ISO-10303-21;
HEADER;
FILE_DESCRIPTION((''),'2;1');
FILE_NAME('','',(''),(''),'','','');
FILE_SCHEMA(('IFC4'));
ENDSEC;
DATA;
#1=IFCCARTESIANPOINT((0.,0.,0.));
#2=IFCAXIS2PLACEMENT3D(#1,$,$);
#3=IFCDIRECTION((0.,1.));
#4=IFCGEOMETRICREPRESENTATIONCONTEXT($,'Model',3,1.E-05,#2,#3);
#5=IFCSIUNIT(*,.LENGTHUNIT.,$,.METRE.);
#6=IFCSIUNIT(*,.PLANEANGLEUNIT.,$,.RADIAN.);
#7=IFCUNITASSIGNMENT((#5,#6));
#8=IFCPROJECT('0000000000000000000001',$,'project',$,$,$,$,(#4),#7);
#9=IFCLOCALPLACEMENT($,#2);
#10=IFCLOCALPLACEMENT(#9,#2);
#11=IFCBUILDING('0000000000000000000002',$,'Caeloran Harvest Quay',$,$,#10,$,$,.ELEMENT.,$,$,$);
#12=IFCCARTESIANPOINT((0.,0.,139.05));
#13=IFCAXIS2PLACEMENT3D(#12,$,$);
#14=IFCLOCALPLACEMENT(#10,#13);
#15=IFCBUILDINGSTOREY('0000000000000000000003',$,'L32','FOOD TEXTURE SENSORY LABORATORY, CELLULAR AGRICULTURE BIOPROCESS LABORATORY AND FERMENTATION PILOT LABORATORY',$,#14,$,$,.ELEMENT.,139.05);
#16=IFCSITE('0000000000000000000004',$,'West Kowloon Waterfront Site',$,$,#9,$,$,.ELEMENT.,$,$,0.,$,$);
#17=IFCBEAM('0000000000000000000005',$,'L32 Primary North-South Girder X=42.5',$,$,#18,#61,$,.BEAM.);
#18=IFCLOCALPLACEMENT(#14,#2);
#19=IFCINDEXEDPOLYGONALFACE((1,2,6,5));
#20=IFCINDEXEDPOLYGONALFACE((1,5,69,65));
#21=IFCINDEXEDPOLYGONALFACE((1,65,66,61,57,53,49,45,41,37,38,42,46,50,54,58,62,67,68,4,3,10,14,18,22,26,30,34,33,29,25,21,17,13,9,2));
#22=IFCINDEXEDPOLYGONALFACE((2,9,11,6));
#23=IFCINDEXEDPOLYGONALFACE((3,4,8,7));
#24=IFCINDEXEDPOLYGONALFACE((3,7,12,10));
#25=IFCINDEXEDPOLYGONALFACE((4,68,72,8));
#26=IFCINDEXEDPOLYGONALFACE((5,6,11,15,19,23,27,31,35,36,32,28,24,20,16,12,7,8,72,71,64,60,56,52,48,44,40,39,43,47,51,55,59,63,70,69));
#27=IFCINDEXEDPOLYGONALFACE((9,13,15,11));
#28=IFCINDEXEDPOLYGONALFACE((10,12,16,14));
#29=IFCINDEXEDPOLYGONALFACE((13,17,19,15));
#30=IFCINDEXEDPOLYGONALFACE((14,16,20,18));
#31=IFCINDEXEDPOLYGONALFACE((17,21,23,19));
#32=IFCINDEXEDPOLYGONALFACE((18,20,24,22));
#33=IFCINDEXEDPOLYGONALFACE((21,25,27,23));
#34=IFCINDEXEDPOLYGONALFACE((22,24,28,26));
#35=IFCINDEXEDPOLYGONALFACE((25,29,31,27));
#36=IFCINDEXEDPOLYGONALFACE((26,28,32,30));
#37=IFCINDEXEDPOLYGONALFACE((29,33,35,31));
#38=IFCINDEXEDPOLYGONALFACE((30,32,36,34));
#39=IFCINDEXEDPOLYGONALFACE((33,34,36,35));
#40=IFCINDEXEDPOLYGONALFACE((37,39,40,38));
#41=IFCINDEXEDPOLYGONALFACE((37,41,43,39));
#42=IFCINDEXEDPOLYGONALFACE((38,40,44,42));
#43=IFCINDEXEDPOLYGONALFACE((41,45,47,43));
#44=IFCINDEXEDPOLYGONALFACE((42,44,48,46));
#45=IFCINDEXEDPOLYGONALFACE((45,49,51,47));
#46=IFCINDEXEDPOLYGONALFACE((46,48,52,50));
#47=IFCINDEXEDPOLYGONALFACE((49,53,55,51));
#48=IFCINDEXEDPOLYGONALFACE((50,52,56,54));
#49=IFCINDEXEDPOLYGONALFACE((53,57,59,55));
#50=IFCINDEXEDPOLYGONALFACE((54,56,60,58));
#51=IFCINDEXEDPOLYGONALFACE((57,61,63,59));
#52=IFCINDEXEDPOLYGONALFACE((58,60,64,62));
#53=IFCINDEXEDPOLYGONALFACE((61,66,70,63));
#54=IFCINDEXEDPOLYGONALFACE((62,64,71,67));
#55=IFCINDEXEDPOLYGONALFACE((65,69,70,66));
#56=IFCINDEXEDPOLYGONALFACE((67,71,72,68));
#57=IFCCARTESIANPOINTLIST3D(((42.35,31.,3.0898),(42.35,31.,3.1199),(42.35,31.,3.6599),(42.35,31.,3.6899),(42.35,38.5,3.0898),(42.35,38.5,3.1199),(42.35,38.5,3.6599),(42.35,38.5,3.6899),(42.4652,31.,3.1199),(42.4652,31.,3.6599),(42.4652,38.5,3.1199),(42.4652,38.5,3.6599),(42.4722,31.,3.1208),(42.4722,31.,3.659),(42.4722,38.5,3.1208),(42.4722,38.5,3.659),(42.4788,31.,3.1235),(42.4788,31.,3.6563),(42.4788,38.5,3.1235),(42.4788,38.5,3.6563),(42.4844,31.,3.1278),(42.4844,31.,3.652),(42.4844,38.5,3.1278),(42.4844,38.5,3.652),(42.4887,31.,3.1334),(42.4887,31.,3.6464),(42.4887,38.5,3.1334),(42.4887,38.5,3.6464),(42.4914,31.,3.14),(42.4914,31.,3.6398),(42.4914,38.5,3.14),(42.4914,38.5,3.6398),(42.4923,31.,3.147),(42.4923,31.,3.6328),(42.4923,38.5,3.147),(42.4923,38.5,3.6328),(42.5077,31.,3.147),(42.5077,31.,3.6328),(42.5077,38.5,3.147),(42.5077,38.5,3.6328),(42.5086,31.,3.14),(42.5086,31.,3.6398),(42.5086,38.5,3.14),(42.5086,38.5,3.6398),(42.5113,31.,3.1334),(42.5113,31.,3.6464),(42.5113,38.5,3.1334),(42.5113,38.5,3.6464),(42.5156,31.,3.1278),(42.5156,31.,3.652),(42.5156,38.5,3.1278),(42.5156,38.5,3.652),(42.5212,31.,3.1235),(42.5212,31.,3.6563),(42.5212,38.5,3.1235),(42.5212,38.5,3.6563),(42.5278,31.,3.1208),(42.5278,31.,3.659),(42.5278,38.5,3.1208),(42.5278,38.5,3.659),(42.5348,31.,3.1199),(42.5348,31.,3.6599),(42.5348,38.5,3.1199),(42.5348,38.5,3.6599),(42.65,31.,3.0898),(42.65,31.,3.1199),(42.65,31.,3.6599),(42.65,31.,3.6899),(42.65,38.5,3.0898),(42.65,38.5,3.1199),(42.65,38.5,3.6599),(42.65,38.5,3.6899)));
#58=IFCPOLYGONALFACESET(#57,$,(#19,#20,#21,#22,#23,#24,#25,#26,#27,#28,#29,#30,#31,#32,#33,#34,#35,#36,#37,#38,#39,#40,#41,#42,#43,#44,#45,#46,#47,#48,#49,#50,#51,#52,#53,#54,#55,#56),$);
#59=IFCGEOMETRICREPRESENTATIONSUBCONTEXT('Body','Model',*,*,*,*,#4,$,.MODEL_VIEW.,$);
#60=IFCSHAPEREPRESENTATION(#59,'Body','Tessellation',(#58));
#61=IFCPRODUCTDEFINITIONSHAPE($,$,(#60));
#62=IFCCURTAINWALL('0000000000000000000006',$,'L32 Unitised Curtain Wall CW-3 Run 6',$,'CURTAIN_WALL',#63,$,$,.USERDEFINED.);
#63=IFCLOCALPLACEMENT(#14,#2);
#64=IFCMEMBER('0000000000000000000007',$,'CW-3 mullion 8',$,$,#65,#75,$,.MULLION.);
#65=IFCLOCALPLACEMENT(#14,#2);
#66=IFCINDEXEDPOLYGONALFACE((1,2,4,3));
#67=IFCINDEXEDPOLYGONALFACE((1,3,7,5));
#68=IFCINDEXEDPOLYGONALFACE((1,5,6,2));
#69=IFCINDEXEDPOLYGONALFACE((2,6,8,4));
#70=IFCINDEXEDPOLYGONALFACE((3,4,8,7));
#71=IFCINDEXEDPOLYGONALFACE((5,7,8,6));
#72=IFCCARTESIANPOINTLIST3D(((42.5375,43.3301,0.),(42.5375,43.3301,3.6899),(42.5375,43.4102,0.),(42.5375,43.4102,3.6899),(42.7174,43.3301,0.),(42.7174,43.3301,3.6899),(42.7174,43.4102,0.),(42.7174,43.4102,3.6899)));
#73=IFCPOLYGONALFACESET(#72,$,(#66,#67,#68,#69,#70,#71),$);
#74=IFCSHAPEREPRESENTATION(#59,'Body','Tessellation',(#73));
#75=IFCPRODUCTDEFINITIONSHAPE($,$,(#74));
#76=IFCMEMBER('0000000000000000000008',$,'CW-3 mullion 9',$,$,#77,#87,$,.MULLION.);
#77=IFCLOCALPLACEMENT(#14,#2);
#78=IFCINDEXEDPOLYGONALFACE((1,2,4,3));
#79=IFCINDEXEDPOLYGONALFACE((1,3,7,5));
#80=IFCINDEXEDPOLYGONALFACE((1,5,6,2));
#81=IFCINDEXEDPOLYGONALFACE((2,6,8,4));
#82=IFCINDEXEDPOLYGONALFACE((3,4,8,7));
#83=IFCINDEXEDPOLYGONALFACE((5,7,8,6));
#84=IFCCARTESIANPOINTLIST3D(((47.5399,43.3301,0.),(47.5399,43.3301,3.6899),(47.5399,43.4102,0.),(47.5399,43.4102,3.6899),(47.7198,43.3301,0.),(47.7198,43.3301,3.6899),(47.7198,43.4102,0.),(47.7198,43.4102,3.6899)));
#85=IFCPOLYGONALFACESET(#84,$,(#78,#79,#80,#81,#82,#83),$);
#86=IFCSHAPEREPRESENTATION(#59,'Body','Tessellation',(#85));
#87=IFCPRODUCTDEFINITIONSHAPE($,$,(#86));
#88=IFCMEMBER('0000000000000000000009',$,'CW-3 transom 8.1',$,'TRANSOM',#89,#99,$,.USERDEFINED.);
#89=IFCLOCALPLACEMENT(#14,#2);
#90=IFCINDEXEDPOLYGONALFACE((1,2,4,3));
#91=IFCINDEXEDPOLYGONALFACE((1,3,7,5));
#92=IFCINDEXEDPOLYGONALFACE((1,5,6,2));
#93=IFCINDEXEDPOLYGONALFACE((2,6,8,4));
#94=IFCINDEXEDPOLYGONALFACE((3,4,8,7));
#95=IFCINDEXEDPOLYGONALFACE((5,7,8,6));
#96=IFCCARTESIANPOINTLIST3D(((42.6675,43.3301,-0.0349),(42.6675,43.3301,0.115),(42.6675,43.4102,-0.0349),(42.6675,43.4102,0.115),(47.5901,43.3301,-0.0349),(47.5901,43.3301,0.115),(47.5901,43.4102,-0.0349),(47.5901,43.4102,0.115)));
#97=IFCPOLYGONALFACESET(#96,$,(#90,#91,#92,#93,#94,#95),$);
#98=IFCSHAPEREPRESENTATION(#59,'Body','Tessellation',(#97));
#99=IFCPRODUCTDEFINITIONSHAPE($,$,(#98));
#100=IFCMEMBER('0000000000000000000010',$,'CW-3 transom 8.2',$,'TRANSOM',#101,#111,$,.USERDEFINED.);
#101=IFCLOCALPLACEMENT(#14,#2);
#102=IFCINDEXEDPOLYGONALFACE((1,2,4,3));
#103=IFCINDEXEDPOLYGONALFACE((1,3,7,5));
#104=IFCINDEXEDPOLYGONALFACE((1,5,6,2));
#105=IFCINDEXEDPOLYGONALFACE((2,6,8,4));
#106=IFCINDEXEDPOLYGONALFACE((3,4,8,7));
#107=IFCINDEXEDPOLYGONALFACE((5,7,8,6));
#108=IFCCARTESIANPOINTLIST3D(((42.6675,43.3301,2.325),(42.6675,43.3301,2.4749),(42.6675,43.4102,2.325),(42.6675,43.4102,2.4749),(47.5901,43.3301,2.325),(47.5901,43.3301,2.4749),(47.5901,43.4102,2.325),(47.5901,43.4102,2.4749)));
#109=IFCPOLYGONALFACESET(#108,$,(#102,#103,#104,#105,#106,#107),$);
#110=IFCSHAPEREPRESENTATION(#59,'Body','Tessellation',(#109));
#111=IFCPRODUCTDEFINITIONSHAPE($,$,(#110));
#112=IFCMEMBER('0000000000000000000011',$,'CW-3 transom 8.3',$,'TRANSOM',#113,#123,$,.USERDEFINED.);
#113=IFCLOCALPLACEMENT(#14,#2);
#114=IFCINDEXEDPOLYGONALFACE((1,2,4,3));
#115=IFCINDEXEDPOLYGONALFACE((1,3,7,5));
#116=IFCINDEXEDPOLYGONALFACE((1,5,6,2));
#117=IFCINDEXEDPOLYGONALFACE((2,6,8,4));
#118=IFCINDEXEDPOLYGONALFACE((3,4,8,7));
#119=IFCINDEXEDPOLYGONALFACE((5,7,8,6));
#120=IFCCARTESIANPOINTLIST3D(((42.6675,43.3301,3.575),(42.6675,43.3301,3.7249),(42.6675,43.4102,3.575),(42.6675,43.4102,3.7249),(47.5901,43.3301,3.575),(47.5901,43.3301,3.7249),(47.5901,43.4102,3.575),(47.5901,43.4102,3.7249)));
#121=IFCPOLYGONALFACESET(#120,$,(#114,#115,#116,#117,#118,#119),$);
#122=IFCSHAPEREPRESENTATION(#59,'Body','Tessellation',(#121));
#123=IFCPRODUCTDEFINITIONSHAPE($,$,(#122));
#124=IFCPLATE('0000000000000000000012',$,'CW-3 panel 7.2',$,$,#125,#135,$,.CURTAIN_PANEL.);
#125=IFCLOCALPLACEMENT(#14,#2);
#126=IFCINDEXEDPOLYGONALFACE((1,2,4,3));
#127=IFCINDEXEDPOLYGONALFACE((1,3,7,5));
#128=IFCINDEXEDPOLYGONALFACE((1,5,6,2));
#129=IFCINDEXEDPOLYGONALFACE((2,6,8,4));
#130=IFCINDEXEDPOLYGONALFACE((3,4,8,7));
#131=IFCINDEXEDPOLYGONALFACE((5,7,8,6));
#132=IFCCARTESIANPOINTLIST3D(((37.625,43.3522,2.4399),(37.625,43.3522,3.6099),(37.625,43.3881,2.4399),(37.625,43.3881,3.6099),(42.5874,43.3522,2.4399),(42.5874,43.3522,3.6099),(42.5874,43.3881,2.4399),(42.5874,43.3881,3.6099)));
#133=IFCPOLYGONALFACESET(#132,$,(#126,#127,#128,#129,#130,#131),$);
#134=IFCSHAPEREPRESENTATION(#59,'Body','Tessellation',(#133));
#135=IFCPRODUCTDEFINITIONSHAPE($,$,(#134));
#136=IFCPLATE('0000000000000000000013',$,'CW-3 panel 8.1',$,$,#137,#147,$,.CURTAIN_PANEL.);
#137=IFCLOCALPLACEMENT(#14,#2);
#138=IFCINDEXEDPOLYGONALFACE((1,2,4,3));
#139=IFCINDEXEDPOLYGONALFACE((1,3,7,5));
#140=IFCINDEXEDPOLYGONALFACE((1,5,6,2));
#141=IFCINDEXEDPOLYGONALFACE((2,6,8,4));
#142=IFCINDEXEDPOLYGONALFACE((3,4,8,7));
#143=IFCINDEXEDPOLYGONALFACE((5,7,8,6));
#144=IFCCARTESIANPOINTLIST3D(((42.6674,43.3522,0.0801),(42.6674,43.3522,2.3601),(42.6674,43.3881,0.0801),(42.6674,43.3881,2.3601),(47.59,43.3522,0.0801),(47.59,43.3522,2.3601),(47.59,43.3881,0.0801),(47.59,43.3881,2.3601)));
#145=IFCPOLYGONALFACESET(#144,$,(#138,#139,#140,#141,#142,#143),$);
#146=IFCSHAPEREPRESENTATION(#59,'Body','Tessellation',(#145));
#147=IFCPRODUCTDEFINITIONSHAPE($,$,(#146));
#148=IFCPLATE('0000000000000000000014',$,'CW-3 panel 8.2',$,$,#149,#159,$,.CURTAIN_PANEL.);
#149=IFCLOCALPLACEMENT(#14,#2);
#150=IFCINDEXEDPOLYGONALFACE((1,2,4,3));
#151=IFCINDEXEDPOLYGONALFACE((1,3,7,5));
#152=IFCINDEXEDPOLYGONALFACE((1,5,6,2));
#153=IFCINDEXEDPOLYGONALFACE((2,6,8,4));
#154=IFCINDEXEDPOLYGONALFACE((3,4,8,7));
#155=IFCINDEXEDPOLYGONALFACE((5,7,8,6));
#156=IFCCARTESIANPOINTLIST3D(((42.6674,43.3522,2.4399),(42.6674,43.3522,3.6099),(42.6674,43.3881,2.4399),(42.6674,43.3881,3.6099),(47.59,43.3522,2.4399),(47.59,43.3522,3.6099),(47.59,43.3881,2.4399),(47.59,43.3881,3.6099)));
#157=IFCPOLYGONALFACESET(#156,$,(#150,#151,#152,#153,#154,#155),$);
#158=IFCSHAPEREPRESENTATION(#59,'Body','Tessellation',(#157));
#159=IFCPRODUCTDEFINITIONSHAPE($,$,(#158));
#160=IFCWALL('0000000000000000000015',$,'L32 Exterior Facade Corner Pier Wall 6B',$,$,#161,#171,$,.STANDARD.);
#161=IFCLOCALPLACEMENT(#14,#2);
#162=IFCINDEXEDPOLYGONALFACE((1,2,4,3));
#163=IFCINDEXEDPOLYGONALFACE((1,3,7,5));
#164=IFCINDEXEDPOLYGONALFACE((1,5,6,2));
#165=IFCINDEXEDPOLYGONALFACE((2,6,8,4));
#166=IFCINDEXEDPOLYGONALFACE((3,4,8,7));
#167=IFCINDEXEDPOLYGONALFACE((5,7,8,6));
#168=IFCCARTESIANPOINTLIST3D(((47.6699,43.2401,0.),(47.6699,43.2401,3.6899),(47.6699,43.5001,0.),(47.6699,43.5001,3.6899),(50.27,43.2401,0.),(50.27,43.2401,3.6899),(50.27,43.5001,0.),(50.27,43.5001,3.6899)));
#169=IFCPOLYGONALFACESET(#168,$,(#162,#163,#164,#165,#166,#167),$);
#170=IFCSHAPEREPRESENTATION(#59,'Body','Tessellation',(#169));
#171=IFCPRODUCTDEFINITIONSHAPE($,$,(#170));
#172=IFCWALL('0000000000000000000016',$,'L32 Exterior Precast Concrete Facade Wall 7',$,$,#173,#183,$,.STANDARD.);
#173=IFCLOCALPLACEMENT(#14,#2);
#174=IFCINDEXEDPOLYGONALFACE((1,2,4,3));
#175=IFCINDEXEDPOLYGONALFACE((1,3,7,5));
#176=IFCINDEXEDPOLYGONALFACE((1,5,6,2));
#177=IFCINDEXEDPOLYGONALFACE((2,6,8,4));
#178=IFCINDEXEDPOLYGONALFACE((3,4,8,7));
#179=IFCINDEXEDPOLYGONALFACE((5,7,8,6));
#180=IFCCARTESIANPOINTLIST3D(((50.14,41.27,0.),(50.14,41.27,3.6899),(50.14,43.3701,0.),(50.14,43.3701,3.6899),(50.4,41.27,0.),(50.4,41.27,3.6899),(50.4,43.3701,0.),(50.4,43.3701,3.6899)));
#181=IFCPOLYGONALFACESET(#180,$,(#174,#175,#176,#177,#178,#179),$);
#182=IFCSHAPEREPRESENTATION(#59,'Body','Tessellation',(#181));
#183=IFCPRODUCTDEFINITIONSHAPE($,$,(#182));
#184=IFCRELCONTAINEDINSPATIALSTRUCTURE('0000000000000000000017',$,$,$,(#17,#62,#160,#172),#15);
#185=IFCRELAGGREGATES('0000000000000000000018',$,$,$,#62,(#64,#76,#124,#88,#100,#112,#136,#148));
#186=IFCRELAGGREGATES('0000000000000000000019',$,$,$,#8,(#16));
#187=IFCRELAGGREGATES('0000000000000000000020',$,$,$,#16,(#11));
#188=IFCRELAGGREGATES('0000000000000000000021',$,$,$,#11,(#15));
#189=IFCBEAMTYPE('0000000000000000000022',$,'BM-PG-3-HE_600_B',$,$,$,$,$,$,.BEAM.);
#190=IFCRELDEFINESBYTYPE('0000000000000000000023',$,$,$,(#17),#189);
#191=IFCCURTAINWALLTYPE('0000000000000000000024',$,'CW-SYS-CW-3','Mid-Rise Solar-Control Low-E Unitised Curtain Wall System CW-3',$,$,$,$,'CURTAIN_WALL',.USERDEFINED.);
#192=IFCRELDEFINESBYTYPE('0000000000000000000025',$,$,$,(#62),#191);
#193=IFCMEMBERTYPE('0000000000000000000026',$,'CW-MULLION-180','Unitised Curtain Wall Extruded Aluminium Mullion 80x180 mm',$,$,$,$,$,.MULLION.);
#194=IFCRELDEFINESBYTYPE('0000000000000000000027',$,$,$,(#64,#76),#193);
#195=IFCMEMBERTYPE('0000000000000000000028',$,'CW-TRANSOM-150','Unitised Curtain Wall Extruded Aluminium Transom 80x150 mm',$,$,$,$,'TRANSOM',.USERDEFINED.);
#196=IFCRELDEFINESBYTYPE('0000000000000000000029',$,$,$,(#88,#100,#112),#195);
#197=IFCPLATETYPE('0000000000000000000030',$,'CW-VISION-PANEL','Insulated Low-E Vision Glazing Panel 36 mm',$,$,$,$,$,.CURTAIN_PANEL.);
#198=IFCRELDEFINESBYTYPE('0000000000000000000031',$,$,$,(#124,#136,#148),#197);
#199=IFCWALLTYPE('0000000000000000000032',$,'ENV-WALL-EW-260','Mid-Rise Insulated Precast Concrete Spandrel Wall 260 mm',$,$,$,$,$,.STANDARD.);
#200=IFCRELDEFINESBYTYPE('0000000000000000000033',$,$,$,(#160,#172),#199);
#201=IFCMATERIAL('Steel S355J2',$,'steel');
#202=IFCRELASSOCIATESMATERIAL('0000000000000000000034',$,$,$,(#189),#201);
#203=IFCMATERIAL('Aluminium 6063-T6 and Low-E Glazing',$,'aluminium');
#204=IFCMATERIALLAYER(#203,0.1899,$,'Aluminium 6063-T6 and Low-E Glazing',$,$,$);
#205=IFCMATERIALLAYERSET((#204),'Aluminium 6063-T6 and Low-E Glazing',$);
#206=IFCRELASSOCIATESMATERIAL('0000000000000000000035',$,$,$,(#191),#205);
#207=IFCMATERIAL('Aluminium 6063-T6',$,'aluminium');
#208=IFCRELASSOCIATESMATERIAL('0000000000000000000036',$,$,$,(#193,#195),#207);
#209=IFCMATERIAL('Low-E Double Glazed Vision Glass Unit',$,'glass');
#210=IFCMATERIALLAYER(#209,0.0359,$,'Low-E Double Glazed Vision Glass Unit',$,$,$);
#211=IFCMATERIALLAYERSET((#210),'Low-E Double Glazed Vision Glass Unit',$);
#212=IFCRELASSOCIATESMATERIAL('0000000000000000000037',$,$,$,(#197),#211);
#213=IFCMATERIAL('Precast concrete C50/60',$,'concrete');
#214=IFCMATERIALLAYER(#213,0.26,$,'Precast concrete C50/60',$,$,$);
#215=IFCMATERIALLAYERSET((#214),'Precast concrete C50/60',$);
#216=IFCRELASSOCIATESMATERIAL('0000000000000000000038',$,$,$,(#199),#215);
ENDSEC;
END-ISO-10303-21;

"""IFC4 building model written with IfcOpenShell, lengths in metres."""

from ifc_helpers import new_model, si_unit, direction, frame, frame_2d, origin, origin_2d, place, context, subcontext, project, spatial, rectangle, i_section, extrude, material, layer, layer_set, material_profile, profile_set, type_object, element, aggregate, save


model = new_model("IFC4")

# Units and contexts
model_context = context("Model", 3, precision=1e-05, world=origin(), true_north=direction((0.0, 1.0)))
body_context = subcontext(model_context, "Body", "Model", "MODEL_VIEW")
ifc_project = project(units=[si_unit("LENGTHUNIT", "METRE"), si_unit("PLANEANGLEUNIT", "RADIAN")], contexts=[model_context])

# Site, building, storey
site_placement = place(None, origin())
site = spatial("IfcSite", under=ifc_project, at=site_placement, Name="West Kowloon Waterfront Site", CompositionType="ELEMENT", RefElevation=0.0)
building_placement = place(site_placement, origin())
building = spatial("IfcBuilding", under=site, at=building_placement, Name="Caeloran Harvest Quay", CompositionType="ELEMENT")
storey_placement = place(building_placement, frame((0.0, 0.0, 139.05)))
storey = spatial("IfcBuildingStorey", under=building, at=storey_placement, Name="L32", Description="FOOD TEXTURE SENSORY LABORATORY, CELLULAR AGRICULTURE BIOPROCESS LABORATORY AND FERMENTATION PILOT LABORATORY", CompositionType="ELEMENT", Elevation=139.05)

# Beam
ifc_material_1 = material(Name="Steel S355J2", Category="steel")
ifc_material_profile_1 = material_profile(ifc_material_1, i_section(OverallWidth=0.3, OverallDepth=0.6001, WebThickness=0.0154, FlangeThickness=0.03, FilletRadius=0.0271, at=origin_2d()), Name="HE 600 B")
ifc_profile_set_1 = profile_set([ifc_material_profile_1], Name="Steel S355J2")
beam_type = type_object("IfcBeamType", Name="BM-PG-3-HE_600_B", PredefinedType="BEAM", material=ifc_profile_set_1)
beam_1_placement = place(storey_placement, frame((42.5, 31.0, 3.3899), z_axis=(0.0, 1.0, 0.0), x_axis=(-1.0, 0.0, 0.0)))
element("IfcBeam", 1, at=beam_1_placement, inside=storey, type_object=beam_type, Name="L32 Primary North-South Girder X=42.5", PredefinedType="BEAM", context=body_context, shape_type="SweptSolid", body=[
    extrude(i_section(OverallWidth=0.3, OverallDepth=0.6001, WebThickness=0.0154, FlangeThickness=0.03, FilletRadius=0.0271, at=origin_2d()), origin(), (0.0, 0.0, 1.0), 7.5),
])

# Curtain wall, members, plates
ifc_material_2 = material(Name="Aluminium 6063-T6 and Low-E Glazing", Category="aluminium")
ifc_layer_1 = layer(ifc_material_2, 0.1899, Name="Aluminium 6063-T6 and Low-E Glazing")
ifc_layer_set_1 = layer_set([ifc_layer_1], Name="Aluminium 6063-T6 and Low-E Glazing")
curtain_wall_type = type_object("IfcCurtainWallType", Name="CW-SYS-CW-3", Description="Mid-Rise Solar-Control Low-E Unitised Curtain Wall System CW-3", ElementType="CURTAIN_WALL", PredefinedType="USERDEFINED", material=ifc_layer_set_1)
curtain_wall_placement = place(storey_placement, origin())
curtain_wall = element("IfcCurtainWall", 2, at=curtain_wall_placement, inside=storey, type_object=curtain_wall_type, Name="L32 Unitised Curtain Wall CW-3 Run 6", ObjectType="CURTAIN_WALL", PredefinedType="USERDEFINED")
ifc_material_3 = material(Name="Aluminium 6063-T6", Category="aluminium")
ifc_material_profile_2 = material_profile(ifc_material_3, rectangle(XDim=0.0801, YDim=0.1799, at=origin_2d()), Name="CW-MULLION-180")
ifc_profile_set_2 = profile_set([ifc_material_profile_2], Name="Aluminium 6063-T6")
member_type_1 = type_object("IfcMemberType", Name="CW-MULLION-180", Description="Unitised Curtain Wall Extruded Aluminium Mullion 80x180 mm", PredefinedType="MULLION", material=ifc_profile_set_2)
member_1_placement = place(storey_placement, frame((42.6274, 43.3701, 0.0), z_axis=(0.0, 0.0, 1.0), x_axis=(0.0, 1.0, 0.0)))
member_1 = element("IfcMember", 3, at=member_1_placement, type_object=member_type_1, Name="CW-3 mullion 8", PredefinedType="MULLION", context=body_context, shape_type="SweptSolid", body=[
    extrude(rectangle(XDim=0.0801, YDim=0.1799, at=origin_2d()), origin(), (0.0, 0.0, 1.0), 3.6899),
])
member_2_placement = place(storey_placement, frame((47.6299, 43.3701, 0.0), z_axis=(0.0, 0.0, 1.0), x_axis=(0.0, 1.0, 0.0)))
member_2 = element("IfcMember", 4, at=member_2_placement, type_object=member_type_1, Name="CW-3 mullion 9", PredefinedType="MULLION", context=body_context, shape_type="SweptSolid", body=[
    extrude(rectangle(XDim=0.0801, YDim=0.1799, at=origin_2d()), origin(), (0.0, 0.0, 1.0), 3.6899),
])
ifc_material_profile_3 = material_profile(ifc_material_3, rectangle(XDim=0.0801, YDim=0.1499, at=origin_2d()), Name="CW-TRANSOM-150")
ifc_profile_set_3 = profile_set([ifc_material_profile_3], Name="Aluminium 6063-T6")
member_type_2 = type_object("IfcMemberType", Name="CW-TRANSOM-150", Description="Unitised Curtain Wall Extruded Aluminium Transom 80x150 mm", ElementType="TRANSOM", PredefinedType="USERDEFINED", material=ifc_profile_set_3)
member_3_placement = place(storey_placement, frame((42.6675, 43.3701, 0.04), z_axis=(1.0, 0.0, 0.0), x_axis=(0.0, 1.0, 0.0)))
member_3 = element("IfcMember", 5, at=member_3_placement, type_object=member_type_2, Name="CW-3 transom 8.1", ObjectType="TRANSOM", PredefinedType="USERDEFINED", context=body_context, shape_type="SweptSolid", body=[
    extrude(rectangle(XDim=0.0801, YDim=0.1499, at=origin_2d()), origin(), (0.0, 0.0, 1.0), 4.9226),
])
member_4_placement = place(storey_placement, frame((42.6675, 43.3701, 2.3999), z_axis=(1.0, 0.0, 0.0), x_axis=(0.0, 1.0, 0.0)))
member_4 = element("IfcMember", 6, at=member_4_placement, type_object=member_type_2, Name="CW-3 transom 8.2", ObjectType="TRANSOM", PredefinedType="USERDEFINED", context=body_context, shape_type="SweptSolid", body=[
    extrude(rectangle(XDim=0.0801, YDim=0.1499, at=origin_2d()), origin(), (0.0, 0.0, 1.0), 4.9226),
])
member_5_placement = place(storey_placement, frame((42.6675, 43.3701, 3.6499), z_axis=(1.0, 0.0, 0.0), x_axis=(0.0, 1.0, 0.0)))
member_5 = element("IfcMember", 7, at=member_5_placement, type_object=member_type_2, Name="CW-3 transom 8.3", ObjectType="TRANSOM", PredefinedType="USERDEFINED", context=body_context, shape_type="SweptSolid", body=[
    extrude(rectangle(XDim=0.0801, YDim=0.1499, at=origin_2d()), origin(), (0.0, 0.0, 1.0), 4.9226),
])
ifc_material_4 = material(Name="Low-E Double Glazed Vision Glass Unit", Category="glass")
ifc_layer_2 = layer(ifc_material_4, 0.0359, Name="Low-E Double Glazed Vision Glass Unit")
ifc_layer_set_2 = layer_set([ifc_layer_2], Name="Low-E Double Glazed Vision Glass Unit")
plate_type = type_object("IfcPlateType", Name="CW-VISION-PANEL", Description="Insulated Low-E Vision Glazing Panel 36 mm", PredefinedType="CURTAIN_PANEL", material=ifc_layer_set_2)
plate_1_placement = place(storey_placement, frame((40.1062, 43.3701, 2.4399), z_axis=(0.0, 0.0, 1.0), x_axis=(1.0, 0.0, 0.0)))
plate_1 = element("IfcPlate", 8, at=plate_1_placement, type_object=plate_type, Name="CW-3 panel 7.2", PredefinedType="CURTAIN_PANEL", context=body_context, shape_type="SweptSolid", body=[
    extrude(rectangle(XDim=4.9624, YDim=0.0359, at=origin_2d()), origin(), (0.0, 0.0, 1.0), 1.1699),
])
plate_2_placement = place(storey_placement, frame((45.1287, 43.3701, 0.0801), z_axis=(0.0, 0.0, 1.0), x_axis=(1.0, 0.0, 0.0)))
plate_2 = element("IfcPlate", 9, at=plate_2_placement, type_object=plate_type, Name="CW-3 panel 8.1", PredefinedType="CURTAIN_PANEL", context=body_context, shape_type="SweptSolid", body=[
    extrude(rectangle(XDim=4.9226, YDim=0.0359, at=origin_2d()), origin(), (0.0, 0.0, 1.0), 2.28),
])
plate_3_placement = place(storey_placement, frame((45.1287, 43.3701, 2.4399), z_axis=(0.0, 0.0, 1.0), x_axis=(1.0, 0.0, 0.0)))
plate_3 = element("IfcPlate", 10, at=plate_3_placement, type_object=plate_type, Name="CW-3 panel 8.2", PredefinedType="CURTAIN_PANEL", context=body_context, shape_type="SweptSolid", body=[
    extrude(rectangle(XDim=4.9226, YDim=0.0359, at=origin_2d()), origin(), (0.0, 0.0, 1.0), 1.1699),
])
aggregate(curtain_wall, [member_1, member_2, plate_1, member_3, member_4, member_5, plate_2, plate_3])

# Walls
ifc_material_5 = material(Name="Precast concrete C50/60", Category="concrete")
ifc_layer_3 = layer(ifc_material_5, 0.26, Name="Precast concrete C50/60")
ifc_layer_set_3 = layer_set([ifc_layer_3], Name="Precast concrete C50/60")
wall_type_1 = type_object("IfcWallType", Name="ENV-WALL-EW-260", Description="Mid-Rise Insulated Precast Concrete Spandrel Wall 260 mm", PredefinedType="STANDARD", material=ifc_layer_set_3)
wall_1_placement = place(storey_placement, frame((47.6699, 43.3701, 0.0), z_axis=(0.0, 0.0, 1.0), x_axis=(1.0, 0.0, 0.0)))
element("IfcWall", 11, at=wall_1_placement, inside=storey, type_object=wall_type_1, Name="L32 Exterior Facade Corner Pier Wall 6B", PredefinedType="STANDARD", context=body_context, shape_type="SweptSolid", body=[
    extrude(rectangle(XDim=2.6001, YDim=0.26, at=frame_2d((1.3, 0.0))), origin(), (0.0, 0.0, 1.0), 3.6899),
])
wall_2_placement = place(storey_placement, frame((50.27, 43.3701, 0.0), z_axis=(0.0, 0.0, 1.0), x_axis=(0.0, -1.0, 0.0)))
element("IfcWall", 12, at=wall_2_placement, inside=storey, type_object=wall_type_1, Name="L32 Exterior Precast Concrete Facade Wall 7", PredefinedType="STANDARD", context=body_context, shape_type="SweptSolid", body=[
    extrude(rectangle(XDim=2.1001, YDim=0.26, at=frame_2d((1.05, 0.0))), origin(), (0.0, 0.0, 1.0), 3.6899),
])

save(model, "model.ifc")
